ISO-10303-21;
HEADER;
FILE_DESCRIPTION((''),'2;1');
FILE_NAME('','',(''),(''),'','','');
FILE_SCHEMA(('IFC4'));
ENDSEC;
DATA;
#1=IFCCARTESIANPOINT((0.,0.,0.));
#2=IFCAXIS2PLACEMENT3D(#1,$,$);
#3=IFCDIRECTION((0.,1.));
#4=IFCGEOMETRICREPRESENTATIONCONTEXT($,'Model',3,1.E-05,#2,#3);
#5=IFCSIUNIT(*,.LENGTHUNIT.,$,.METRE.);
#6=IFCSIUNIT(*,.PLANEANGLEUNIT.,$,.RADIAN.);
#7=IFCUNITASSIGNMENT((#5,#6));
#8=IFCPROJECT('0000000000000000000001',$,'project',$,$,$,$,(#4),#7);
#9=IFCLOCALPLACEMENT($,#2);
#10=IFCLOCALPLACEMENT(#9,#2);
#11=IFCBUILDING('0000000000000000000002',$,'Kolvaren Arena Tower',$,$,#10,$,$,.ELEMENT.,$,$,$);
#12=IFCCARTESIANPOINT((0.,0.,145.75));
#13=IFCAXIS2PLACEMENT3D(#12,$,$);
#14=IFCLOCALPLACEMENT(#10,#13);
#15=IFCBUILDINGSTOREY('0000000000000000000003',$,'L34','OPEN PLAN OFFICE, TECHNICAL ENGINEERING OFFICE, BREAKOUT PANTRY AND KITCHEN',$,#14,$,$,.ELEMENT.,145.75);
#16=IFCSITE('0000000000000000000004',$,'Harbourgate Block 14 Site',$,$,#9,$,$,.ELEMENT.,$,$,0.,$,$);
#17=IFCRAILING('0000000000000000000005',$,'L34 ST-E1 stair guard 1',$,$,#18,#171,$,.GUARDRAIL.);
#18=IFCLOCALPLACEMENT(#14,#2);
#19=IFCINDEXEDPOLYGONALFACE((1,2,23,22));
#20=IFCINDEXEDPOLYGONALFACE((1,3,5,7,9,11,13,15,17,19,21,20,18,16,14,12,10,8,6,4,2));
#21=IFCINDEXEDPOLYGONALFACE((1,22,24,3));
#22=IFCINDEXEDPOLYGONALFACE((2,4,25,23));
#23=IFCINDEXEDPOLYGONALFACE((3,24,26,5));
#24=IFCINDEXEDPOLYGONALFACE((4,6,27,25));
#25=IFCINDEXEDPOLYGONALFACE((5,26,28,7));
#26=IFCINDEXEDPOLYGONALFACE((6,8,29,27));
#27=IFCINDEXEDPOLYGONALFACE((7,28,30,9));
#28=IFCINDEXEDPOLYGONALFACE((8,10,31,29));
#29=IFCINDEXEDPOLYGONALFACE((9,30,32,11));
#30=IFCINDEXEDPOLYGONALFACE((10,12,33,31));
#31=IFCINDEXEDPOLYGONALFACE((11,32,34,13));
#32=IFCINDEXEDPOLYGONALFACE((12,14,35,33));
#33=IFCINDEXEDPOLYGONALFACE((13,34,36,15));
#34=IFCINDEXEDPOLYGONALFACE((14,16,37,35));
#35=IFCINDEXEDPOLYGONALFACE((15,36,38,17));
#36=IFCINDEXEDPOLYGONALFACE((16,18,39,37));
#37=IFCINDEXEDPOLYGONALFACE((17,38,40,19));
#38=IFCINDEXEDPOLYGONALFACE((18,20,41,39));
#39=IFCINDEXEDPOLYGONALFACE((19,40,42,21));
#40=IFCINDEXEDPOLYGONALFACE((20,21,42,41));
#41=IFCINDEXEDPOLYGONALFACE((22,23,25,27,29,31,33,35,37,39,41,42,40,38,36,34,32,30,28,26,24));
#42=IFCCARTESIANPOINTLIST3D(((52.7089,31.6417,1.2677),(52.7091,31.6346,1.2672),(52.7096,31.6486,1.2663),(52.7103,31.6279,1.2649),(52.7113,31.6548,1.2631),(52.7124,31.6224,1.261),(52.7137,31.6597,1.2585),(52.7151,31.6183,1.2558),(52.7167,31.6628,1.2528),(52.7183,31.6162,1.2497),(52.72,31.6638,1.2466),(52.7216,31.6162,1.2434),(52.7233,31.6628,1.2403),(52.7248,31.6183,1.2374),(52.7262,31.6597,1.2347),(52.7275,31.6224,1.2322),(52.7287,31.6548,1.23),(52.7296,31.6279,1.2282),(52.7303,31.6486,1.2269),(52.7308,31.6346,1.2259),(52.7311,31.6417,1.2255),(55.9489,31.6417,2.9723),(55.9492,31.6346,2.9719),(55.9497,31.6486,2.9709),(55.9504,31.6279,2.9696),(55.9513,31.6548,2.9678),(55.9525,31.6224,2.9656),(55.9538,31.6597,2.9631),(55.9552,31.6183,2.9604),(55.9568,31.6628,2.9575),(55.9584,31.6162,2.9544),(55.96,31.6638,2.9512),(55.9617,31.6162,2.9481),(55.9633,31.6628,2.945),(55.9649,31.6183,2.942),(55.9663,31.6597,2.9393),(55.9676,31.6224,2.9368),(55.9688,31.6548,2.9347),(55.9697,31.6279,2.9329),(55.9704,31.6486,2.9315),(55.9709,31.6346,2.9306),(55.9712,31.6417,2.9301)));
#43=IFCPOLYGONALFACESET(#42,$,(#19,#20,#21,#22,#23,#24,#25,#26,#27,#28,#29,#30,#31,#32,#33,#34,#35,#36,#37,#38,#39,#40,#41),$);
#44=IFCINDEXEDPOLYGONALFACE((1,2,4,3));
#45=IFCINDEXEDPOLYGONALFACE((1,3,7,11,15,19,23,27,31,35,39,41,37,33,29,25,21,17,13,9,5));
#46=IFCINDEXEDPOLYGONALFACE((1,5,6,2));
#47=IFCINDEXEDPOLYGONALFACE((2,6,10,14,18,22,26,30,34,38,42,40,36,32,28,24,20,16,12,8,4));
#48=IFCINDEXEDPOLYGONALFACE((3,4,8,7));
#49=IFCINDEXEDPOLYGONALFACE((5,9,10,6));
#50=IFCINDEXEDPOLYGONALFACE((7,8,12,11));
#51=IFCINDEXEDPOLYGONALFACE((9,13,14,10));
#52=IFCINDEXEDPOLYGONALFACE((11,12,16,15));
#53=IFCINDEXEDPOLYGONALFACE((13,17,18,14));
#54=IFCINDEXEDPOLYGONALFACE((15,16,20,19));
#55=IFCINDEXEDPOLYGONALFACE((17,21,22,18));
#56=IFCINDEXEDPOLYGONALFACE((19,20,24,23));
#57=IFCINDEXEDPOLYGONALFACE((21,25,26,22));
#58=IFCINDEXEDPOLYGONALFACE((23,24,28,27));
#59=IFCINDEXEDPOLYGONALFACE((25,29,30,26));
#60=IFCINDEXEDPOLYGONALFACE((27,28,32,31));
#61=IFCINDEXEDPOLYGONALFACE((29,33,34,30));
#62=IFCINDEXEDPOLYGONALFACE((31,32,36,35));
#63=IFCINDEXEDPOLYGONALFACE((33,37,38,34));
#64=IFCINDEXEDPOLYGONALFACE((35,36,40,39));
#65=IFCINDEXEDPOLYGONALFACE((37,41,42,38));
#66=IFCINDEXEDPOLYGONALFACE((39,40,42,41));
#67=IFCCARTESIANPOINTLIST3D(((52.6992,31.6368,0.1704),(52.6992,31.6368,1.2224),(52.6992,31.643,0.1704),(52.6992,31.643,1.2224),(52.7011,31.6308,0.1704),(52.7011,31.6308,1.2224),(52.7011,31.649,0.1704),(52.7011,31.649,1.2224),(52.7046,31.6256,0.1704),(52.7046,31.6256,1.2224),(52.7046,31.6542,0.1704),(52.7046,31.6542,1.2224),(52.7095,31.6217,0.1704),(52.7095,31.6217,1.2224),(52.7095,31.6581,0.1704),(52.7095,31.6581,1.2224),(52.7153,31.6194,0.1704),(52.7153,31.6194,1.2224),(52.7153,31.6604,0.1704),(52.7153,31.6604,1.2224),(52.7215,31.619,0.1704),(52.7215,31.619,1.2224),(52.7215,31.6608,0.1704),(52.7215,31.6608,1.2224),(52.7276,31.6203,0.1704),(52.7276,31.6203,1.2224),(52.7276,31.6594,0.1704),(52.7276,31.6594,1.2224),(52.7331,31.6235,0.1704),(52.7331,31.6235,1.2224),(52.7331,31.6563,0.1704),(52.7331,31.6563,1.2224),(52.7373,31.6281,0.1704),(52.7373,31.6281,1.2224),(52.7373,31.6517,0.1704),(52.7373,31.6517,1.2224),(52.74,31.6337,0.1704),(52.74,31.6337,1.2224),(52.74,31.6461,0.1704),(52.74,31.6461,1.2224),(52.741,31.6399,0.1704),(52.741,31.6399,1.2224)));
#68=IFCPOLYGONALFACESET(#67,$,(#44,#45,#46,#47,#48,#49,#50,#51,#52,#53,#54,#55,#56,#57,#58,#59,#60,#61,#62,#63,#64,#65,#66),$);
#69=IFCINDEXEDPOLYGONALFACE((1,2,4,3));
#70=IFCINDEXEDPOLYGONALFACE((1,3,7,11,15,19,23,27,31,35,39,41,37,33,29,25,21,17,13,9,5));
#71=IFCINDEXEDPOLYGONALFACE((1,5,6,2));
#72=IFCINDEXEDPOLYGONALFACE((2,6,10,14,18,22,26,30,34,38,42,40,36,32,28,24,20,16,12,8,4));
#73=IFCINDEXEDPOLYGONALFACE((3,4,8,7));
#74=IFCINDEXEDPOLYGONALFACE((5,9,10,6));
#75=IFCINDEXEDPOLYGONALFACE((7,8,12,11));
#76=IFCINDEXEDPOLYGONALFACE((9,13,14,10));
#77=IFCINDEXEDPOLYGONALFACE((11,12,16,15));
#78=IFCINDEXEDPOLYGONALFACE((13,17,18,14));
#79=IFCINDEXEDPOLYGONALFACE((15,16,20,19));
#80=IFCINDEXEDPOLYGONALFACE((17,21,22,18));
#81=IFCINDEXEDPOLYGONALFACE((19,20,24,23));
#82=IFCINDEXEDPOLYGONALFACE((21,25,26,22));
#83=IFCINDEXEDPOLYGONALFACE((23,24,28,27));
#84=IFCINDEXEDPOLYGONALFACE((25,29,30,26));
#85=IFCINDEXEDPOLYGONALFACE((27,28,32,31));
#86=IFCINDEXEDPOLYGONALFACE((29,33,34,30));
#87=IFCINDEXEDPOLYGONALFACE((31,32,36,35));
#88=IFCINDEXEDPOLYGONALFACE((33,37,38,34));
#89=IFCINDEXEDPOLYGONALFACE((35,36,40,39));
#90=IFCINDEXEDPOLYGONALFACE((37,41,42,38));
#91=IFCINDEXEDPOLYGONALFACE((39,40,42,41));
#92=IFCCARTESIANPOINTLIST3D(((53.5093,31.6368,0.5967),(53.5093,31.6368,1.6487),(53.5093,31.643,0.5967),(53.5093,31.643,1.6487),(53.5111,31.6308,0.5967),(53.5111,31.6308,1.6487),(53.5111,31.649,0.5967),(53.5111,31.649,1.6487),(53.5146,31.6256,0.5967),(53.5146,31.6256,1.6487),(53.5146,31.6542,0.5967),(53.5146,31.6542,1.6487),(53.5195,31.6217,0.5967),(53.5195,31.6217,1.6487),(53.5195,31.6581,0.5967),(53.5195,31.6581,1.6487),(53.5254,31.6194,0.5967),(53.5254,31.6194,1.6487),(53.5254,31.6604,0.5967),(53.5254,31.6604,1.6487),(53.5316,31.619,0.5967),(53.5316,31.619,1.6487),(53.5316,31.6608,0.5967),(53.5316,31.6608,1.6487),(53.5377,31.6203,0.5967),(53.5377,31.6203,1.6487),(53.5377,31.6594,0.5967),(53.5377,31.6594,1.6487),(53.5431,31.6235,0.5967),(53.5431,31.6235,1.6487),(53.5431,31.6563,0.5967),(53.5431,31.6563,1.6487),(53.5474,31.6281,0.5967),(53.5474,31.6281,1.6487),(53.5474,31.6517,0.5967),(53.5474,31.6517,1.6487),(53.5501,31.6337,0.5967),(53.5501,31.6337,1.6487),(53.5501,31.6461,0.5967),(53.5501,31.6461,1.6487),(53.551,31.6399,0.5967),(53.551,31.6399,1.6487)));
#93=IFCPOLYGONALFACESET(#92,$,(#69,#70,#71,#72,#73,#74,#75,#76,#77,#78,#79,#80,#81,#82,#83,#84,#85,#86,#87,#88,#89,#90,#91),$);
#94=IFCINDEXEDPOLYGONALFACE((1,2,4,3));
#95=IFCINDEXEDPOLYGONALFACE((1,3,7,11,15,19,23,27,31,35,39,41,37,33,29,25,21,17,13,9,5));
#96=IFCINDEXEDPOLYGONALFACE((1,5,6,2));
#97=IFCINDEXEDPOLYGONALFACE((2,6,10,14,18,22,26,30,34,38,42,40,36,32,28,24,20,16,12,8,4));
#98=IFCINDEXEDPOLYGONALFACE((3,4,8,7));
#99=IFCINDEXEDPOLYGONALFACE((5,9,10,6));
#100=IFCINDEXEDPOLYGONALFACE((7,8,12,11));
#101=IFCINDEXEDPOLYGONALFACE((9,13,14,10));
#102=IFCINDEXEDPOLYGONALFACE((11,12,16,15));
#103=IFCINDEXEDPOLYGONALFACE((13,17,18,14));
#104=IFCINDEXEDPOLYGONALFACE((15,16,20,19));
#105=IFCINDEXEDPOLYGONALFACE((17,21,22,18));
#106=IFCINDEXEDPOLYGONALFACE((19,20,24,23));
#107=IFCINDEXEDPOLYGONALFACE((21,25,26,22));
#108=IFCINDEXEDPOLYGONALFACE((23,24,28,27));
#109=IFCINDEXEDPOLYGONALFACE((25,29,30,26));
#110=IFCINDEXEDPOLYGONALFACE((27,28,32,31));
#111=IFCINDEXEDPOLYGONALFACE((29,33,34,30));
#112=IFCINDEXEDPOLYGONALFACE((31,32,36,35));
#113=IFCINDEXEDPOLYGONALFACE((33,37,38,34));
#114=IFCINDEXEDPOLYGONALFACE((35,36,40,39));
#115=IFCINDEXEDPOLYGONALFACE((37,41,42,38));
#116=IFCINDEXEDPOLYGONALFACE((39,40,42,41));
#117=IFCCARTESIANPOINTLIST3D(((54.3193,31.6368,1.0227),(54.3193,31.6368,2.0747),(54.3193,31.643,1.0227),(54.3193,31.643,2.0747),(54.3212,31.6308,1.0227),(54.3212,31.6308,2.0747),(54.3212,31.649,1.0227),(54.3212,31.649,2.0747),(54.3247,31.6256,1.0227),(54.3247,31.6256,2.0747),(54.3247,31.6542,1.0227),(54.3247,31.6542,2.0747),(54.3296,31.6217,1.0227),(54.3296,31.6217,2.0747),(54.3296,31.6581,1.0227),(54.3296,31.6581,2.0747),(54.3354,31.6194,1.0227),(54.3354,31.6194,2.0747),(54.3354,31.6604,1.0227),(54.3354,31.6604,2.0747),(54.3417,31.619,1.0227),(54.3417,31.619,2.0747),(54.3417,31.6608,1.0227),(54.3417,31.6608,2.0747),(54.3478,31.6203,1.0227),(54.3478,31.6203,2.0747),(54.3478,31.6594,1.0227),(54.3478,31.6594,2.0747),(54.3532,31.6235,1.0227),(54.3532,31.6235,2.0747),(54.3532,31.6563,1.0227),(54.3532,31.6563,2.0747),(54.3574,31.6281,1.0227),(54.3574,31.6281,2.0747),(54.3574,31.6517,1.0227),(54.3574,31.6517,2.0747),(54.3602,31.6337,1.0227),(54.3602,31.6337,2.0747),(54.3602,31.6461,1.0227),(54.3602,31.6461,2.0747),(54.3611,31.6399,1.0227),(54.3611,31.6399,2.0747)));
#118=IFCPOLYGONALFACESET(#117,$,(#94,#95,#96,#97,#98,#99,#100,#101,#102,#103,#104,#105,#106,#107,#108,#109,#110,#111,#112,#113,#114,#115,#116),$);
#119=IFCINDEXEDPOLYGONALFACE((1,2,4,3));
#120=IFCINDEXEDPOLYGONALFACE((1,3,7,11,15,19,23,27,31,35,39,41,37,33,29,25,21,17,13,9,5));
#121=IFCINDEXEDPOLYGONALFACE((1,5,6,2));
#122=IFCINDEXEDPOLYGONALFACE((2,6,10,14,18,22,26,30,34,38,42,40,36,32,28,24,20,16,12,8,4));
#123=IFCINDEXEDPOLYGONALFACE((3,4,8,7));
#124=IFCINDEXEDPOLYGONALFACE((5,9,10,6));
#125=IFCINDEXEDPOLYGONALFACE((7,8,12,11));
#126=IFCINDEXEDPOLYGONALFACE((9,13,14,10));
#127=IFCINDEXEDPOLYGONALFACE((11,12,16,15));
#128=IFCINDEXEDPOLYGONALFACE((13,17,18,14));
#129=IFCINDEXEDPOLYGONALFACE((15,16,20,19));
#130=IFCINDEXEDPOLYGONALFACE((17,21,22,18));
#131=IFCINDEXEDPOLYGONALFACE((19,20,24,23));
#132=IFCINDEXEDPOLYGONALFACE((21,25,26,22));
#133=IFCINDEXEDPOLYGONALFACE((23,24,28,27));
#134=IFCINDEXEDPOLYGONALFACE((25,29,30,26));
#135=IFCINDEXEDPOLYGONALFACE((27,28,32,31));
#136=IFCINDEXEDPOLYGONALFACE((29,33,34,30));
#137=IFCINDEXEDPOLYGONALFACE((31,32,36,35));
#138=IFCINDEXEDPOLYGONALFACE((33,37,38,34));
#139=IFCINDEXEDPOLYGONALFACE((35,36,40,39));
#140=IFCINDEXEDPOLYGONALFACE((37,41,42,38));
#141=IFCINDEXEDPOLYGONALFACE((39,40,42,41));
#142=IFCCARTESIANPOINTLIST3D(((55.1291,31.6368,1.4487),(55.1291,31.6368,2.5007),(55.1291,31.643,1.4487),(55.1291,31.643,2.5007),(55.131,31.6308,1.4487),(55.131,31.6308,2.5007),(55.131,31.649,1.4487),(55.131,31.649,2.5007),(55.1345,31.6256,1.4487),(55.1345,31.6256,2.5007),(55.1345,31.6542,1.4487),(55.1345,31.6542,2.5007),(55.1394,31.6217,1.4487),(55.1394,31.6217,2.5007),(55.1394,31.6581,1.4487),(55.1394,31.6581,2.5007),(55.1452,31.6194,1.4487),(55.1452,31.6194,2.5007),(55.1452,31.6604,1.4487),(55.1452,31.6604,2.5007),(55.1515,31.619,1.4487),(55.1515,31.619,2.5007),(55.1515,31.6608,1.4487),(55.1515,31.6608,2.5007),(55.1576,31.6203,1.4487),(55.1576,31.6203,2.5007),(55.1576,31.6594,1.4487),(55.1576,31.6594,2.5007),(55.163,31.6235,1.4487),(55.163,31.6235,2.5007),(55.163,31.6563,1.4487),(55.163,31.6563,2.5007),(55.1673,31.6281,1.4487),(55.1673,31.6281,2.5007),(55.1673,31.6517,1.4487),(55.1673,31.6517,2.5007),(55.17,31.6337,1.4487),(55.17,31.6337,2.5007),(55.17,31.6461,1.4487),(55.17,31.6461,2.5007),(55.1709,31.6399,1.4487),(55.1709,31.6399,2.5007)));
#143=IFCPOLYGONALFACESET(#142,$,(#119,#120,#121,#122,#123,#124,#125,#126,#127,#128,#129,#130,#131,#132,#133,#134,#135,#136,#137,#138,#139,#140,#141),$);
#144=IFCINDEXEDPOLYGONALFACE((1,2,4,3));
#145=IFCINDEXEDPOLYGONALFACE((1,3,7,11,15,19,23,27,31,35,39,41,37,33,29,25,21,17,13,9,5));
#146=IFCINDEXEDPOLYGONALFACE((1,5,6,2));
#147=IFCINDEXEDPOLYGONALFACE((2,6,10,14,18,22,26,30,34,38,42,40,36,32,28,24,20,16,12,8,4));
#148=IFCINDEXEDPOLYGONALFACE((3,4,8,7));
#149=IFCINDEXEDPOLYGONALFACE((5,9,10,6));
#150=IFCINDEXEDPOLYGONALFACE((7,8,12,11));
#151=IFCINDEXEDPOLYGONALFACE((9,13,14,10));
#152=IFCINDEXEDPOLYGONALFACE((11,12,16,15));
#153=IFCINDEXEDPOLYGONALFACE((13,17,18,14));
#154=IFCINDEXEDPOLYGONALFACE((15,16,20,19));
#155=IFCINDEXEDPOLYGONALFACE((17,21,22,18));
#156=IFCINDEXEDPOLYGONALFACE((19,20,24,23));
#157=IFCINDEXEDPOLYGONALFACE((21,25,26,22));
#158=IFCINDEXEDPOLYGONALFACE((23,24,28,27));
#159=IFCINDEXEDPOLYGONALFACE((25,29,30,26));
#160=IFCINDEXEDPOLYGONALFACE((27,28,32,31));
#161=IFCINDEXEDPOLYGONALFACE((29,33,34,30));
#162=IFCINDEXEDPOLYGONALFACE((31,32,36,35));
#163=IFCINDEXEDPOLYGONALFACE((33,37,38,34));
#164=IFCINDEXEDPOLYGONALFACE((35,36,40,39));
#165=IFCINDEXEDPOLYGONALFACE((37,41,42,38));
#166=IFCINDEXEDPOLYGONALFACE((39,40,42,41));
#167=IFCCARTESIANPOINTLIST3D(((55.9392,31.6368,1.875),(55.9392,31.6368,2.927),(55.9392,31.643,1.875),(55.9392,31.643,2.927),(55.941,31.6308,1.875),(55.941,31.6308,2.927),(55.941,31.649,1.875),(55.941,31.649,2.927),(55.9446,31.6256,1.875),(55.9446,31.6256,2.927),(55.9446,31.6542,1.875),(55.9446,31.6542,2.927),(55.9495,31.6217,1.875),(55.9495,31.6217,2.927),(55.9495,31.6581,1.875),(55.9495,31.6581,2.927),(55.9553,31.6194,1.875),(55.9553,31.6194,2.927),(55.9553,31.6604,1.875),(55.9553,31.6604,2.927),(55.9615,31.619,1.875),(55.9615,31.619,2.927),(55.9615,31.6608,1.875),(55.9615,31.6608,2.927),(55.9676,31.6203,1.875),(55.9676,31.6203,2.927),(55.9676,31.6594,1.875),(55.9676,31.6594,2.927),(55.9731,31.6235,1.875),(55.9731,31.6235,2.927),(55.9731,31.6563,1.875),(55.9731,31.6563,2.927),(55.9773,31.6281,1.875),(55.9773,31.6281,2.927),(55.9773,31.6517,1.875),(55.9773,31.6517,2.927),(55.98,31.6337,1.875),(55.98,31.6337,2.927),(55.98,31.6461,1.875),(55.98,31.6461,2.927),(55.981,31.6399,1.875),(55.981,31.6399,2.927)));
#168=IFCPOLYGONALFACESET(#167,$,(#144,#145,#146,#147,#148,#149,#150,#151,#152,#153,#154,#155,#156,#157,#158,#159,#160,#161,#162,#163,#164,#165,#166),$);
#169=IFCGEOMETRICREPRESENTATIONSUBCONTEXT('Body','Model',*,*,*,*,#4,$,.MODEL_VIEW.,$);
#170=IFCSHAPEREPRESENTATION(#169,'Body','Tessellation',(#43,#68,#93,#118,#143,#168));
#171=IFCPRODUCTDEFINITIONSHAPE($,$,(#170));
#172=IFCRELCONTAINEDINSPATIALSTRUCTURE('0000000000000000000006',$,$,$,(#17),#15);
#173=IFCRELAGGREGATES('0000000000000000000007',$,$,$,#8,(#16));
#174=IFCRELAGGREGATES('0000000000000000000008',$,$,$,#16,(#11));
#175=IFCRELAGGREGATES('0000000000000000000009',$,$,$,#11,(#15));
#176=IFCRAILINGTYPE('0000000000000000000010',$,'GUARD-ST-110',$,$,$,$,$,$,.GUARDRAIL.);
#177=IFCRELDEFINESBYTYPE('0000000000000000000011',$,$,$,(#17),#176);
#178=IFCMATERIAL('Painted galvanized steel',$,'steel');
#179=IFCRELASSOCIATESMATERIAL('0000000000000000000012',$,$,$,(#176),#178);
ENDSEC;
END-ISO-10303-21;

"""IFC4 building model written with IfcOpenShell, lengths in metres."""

from ifc_helpers import new_model, si_unit, direction, frame, origin, origin_2d, place, context, subcontext, project, spatial, circle, extrude, material, type_object, element, save


model = new_model("IFC4")

# Units and contexts
model_context = context("Model", 3, precision=1e-05, world=origin(), true_north=direction((0.0, 1.0)))
body_context = subcontext(model_context, "Body", "Model", "MODEL_VIEW")
ifc_project = project(units=[si_unit("LENGTHUNIT", "METRE"), si_unit("PLANEANGLEUNIT", "RADIAN")], contexts=[model_context])

# Site, building, storey
site_placement = place(None, origin())
site = spatial("IfcSite", under=ifc_project, at=site_placement, Name="Harbourgate Block 14 Site", CompositionType="ELEMENT", RefElevation=0.0)
building_placement = place(site_placement, origin())
building = spatial("IfcBuilding", under=site, at=building_placement, Name="Kolvaren Arena Tower", CompositionType="ELEMENT")
storey_placement = place(building_placement, frame((0.0, 0.0, 145.75)))
storey = spatial("IfcBuildingStorey", under=building, at=storey_placement, Name="L34", Description="OPEN PLAN OFFICE, TECHNICAL ENGINEERING OFFICE, BREAKOUT PANTRY AND KITCHEN", CompositionType="ELEMENT", Elevation=145.75)

# Railing
ifc_material_1 = material(Name="Painted galvanized steel", Category="steel")
railing_type_1 = type_object("IfcRailingType", Name="GUARD-ST-110", PredefinedType="GUARDRAIL", material=ifc_material_1)
railing_1_placement = place(storey_placement, frame((52.72, 31.6399, 0.1704)))
element("IfcRailing", 1, at=railing_1_placement, inside=storey, type_object=railing_type_1, Name="L34 ST-E1 stair guard 1", PredefinedType="GUARDRAIL", context=body_context, shape_type="SweptSolid", body=[
    extrude(circle(Radius=0.0239, at=origin_2d()), frame((0.0, 0.0, 1.0762), z_axis=(0.884993, 0.0, 0.465604), x_axis=(0.0, 1.0, 0.0)), (0.0, 0.0, 1.0), 3.6611),
    extrude(circle(Radius=0.021, at=origin_2d()), origin(), (0.0, 0.0, 1.0), 1.052),
    extrude(circle(Radius=0.021, at=origin_2d()), frame((0.8101, 0.0, 0.4263)), (0.0, 0.0, 1.0), 1.052),
    extrude(circle(Radius=0.021, at=origin_2d()), frame((1.6201, 0.0, 0.8523)), (0.0, 0.0, 1.0), 1.052),
    extrude(circle(Radius=0.021, at=origin_2d()), frame((2.4299, 0.0, 1.2783)), (0.0, 0.0, 1.0), 1.052),
    extrude(circle(Radius=0.021, at=origin_2d()), frame((3.24, 0.0, 1.7046)), (0.0, 0.0, 1.0), 1.052),
])

save(model, "model.ifc")
